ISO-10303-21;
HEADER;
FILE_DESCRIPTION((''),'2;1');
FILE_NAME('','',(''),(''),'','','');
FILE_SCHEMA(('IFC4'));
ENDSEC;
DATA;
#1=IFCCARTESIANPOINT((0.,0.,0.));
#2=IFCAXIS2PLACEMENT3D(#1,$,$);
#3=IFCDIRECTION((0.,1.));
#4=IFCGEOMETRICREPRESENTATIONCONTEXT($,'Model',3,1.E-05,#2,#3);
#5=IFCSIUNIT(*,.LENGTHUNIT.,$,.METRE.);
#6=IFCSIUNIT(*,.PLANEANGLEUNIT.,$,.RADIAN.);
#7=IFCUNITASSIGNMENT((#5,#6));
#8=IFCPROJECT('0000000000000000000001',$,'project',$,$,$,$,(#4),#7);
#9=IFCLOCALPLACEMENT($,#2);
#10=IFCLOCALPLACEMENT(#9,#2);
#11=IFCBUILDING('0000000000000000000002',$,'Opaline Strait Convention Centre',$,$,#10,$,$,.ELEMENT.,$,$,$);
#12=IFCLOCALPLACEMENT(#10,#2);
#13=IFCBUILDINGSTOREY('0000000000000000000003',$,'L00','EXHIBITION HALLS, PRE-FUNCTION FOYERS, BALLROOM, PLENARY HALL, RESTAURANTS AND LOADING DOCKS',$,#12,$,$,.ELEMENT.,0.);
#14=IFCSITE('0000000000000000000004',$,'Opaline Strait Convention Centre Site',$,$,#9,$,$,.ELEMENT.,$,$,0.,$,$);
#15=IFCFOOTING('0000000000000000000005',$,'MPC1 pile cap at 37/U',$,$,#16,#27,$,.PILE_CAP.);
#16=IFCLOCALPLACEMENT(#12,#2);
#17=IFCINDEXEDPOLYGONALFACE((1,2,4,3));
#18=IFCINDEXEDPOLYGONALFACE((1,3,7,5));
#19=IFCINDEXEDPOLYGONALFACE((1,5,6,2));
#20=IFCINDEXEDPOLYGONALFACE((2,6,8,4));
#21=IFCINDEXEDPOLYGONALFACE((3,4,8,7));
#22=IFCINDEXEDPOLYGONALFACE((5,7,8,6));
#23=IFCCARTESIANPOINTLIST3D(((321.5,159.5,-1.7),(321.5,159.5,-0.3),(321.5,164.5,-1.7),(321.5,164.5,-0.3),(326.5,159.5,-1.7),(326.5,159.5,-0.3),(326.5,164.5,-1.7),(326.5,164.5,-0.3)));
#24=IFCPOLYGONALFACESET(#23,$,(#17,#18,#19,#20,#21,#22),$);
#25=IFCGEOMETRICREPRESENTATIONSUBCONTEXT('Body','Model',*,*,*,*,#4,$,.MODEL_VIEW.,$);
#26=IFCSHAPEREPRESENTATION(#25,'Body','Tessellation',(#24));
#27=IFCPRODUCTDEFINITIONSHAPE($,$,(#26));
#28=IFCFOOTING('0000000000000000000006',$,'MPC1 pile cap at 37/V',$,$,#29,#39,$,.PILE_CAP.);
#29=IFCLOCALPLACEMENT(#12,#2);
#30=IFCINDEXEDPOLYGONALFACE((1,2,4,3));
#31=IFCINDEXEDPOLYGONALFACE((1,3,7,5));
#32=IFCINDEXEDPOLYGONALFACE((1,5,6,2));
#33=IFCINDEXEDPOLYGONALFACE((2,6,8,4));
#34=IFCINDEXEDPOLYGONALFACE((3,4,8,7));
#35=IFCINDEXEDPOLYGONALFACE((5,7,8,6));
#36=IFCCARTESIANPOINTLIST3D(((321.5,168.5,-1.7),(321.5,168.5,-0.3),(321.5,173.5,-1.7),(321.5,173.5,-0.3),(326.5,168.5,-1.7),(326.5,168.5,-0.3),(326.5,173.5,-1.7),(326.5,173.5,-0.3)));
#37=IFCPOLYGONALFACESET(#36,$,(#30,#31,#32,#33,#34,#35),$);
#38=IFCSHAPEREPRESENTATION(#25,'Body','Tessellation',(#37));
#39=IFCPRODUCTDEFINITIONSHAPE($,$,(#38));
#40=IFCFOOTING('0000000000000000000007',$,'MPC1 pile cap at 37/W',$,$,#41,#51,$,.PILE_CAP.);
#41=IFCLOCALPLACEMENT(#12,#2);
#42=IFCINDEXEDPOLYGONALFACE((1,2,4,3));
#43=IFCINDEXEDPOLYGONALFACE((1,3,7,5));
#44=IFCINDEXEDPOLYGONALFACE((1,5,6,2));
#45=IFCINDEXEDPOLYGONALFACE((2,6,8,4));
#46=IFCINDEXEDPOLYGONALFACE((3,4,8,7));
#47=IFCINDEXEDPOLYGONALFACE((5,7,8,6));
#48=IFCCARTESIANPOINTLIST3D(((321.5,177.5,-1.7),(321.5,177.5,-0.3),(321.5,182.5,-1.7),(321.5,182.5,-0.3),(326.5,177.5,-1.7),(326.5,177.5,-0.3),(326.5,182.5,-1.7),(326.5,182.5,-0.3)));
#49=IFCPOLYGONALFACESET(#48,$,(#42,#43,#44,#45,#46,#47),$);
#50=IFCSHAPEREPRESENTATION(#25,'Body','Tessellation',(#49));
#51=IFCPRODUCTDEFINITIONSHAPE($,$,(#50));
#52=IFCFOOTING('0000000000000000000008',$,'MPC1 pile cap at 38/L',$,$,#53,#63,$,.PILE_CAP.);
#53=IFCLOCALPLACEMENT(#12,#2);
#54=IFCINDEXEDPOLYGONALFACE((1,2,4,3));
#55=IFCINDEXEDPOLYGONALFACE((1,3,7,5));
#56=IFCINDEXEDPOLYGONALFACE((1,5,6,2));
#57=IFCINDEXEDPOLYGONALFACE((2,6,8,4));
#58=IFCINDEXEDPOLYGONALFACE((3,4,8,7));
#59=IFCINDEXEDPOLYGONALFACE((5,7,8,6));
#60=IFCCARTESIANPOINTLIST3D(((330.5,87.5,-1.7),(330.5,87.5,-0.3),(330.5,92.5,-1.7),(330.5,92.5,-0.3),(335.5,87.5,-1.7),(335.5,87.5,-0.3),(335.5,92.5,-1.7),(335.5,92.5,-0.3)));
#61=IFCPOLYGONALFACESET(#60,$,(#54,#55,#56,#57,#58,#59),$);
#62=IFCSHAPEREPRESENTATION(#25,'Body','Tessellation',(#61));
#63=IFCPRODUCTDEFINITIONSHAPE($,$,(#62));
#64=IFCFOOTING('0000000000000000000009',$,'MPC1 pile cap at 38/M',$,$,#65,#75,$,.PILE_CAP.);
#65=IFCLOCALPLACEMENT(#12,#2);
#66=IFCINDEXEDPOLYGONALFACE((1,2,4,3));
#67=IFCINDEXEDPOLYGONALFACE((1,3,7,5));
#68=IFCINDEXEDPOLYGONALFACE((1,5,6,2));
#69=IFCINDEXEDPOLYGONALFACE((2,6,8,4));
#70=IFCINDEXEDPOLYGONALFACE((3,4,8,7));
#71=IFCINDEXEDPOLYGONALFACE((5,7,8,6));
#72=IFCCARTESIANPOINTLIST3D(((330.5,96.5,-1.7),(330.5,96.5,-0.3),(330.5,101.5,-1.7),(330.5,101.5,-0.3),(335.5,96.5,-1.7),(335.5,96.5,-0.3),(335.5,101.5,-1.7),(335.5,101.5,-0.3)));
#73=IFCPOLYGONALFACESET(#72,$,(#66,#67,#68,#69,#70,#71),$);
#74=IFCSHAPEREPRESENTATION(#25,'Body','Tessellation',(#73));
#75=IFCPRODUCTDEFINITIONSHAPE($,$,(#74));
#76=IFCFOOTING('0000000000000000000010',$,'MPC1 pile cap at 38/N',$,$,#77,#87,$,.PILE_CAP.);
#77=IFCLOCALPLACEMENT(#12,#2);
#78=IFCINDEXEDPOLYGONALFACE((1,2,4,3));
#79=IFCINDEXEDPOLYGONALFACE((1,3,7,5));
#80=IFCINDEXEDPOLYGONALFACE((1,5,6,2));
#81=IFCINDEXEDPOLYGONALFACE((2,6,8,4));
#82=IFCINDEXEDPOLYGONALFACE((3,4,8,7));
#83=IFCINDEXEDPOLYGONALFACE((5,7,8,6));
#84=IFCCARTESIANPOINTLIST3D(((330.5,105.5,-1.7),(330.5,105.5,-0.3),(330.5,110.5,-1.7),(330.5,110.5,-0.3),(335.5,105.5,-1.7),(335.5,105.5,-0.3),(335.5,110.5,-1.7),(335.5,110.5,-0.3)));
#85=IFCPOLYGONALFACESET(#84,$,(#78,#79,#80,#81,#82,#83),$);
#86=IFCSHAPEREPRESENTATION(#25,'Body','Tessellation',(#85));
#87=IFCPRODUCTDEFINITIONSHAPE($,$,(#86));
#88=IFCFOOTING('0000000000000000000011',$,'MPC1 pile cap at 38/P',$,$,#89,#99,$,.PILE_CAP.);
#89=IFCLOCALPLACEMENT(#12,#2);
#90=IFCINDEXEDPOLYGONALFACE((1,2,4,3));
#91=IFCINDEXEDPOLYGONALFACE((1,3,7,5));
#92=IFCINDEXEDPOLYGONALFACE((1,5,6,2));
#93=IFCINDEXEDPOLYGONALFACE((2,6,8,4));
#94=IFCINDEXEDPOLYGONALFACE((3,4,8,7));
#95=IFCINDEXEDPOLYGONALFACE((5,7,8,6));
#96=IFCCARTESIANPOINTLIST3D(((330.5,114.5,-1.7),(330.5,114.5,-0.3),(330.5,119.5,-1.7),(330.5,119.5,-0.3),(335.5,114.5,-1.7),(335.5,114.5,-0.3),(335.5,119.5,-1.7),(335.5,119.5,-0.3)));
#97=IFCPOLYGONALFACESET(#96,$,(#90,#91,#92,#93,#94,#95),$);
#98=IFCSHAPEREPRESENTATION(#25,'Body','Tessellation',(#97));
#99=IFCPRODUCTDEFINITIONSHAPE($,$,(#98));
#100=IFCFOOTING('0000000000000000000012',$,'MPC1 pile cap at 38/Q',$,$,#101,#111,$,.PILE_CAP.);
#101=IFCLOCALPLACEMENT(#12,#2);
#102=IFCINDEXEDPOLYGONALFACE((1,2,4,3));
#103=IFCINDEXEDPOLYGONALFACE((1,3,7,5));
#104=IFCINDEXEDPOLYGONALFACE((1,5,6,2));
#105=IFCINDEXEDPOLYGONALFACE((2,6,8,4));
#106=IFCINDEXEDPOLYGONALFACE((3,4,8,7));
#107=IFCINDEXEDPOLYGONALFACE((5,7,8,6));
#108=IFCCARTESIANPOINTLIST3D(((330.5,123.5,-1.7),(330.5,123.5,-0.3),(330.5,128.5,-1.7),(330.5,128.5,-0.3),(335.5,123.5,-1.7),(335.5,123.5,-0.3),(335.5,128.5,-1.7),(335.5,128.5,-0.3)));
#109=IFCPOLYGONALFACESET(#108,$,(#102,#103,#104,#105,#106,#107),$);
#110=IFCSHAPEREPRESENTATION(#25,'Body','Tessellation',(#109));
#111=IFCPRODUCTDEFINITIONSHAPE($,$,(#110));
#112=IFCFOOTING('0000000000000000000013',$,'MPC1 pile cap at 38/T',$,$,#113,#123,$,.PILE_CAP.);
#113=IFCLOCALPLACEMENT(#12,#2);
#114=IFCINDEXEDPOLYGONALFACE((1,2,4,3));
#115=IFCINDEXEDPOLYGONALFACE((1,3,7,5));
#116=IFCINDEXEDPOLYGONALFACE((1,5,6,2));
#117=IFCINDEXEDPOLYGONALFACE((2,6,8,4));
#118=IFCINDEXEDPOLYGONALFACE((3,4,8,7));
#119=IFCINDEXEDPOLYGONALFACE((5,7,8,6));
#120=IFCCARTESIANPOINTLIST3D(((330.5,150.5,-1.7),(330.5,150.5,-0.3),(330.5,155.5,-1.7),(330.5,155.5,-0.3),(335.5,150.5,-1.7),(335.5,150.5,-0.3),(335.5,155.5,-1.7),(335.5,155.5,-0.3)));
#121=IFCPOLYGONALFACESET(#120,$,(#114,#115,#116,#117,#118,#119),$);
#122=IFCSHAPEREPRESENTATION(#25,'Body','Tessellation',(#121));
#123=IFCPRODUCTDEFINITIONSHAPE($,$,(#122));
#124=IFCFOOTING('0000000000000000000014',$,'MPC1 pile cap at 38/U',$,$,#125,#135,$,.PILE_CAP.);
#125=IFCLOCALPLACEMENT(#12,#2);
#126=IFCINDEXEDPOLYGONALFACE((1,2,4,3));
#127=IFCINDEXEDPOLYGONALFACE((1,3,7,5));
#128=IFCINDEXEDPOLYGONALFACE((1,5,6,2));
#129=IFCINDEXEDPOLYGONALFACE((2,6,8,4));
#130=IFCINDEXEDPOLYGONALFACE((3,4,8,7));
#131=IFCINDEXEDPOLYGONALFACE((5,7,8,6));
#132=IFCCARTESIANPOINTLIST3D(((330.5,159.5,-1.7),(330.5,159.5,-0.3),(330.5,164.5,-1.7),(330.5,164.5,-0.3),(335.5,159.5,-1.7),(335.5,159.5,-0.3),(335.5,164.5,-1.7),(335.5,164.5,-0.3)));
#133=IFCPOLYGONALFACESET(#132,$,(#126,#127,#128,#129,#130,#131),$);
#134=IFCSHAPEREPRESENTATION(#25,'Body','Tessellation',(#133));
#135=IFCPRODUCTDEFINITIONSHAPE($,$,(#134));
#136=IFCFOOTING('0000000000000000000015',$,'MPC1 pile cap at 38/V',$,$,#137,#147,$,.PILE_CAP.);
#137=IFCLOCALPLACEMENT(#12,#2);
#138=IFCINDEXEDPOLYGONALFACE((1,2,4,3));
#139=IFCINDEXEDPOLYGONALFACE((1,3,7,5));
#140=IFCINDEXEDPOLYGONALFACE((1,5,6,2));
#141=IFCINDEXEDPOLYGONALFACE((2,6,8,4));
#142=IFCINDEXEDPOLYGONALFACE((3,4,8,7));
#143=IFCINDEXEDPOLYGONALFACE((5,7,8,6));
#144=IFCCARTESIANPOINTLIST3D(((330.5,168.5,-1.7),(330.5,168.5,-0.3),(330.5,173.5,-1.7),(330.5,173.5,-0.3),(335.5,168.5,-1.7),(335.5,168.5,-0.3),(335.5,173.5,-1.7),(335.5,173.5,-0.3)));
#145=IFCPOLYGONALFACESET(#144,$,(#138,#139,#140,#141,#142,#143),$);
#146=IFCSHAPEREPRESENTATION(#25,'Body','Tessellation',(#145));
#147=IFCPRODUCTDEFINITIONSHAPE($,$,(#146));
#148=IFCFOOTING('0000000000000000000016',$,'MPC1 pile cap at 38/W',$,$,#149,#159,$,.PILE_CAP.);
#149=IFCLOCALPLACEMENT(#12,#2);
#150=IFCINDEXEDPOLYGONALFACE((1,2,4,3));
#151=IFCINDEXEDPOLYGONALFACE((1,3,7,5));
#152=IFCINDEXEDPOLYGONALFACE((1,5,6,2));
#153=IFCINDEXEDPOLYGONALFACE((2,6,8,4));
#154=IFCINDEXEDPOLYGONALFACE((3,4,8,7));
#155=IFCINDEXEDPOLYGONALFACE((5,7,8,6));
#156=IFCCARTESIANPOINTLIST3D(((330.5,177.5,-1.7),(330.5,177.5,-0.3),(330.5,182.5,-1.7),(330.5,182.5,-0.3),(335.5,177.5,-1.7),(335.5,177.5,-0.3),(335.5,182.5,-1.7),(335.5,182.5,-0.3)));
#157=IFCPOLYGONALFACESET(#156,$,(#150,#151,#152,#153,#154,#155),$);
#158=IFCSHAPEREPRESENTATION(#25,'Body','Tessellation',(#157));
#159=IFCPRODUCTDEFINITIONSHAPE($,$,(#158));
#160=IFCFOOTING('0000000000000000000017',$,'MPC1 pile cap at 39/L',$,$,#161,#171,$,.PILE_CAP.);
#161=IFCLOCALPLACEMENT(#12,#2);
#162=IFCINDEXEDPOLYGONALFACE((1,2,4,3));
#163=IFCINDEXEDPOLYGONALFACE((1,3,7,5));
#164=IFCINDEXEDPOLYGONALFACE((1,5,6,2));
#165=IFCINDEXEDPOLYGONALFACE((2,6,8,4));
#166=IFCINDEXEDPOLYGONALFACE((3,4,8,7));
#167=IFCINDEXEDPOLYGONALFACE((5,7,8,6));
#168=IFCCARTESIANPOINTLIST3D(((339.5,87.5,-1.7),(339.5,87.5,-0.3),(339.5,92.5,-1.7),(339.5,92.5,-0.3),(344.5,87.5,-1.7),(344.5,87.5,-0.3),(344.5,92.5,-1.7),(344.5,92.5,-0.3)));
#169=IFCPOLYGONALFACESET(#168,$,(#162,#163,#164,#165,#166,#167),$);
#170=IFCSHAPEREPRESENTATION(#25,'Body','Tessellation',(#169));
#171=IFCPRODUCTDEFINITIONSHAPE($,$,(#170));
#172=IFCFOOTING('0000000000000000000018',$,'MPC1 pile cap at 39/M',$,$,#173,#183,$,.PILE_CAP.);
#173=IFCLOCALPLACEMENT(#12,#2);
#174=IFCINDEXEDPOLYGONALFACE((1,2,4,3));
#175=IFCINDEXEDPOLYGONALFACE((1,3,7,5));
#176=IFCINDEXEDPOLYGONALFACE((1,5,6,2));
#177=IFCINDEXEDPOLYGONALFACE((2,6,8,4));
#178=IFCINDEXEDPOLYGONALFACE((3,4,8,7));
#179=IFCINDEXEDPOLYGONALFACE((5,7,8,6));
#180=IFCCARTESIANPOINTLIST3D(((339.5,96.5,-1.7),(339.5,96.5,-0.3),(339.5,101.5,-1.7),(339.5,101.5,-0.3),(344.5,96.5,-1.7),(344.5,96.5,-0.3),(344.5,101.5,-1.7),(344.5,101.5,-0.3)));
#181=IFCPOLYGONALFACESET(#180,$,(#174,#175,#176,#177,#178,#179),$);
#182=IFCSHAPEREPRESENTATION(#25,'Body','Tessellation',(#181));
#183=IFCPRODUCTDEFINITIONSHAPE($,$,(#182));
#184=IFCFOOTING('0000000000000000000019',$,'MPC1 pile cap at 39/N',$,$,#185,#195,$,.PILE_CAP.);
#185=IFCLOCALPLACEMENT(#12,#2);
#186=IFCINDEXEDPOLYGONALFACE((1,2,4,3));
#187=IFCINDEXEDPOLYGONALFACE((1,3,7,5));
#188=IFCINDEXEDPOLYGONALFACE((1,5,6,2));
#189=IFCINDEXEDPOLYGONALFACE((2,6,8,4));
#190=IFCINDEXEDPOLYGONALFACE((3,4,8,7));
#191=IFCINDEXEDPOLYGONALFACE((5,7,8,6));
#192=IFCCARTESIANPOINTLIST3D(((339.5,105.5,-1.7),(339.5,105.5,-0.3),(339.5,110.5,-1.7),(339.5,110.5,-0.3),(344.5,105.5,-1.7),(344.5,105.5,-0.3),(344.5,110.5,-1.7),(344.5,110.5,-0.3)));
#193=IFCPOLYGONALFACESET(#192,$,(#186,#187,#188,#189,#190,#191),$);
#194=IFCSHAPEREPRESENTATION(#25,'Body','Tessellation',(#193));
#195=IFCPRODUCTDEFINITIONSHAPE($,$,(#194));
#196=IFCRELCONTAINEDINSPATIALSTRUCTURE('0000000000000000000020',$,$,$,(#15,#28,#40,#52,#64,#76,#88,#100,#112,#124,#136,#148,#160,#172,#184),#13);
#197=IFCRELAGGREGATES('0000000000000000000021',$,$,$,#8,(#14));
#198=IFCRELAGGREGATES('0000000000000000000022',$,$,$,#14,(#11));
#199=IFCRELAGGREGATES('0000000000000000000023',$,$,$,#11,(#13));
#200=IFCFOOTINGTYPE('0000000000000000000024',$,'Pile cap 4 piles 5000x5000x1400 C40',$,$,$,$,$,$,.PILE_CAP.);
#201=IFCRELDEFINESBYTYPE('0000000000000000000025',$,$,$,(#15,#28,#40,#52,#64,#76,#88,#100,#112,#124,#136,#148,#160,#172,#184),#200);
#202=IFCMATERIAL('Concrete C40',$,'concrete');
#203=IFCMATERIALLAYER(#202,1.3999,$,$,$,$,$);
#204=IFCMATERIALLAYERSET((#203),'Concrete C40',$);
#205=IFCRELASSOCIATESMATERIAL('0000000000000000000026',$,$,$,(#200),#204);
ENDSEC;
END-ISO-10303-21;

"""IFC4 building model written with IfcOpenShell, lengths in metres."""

from ifc_helpers import new_model, si_unit, direction, frame, origin, place, context, subcontext, project, spatial, polyline, outline, extrude, material, layer, layer_set, type_object, element, save


model = new_model("IFC4")

# Units and contexts
model_context = context("Model", 3, precision=1e-05, world=origin(), true_north=direction((0.0, 1.0)))
body_context = subcontext(model_context, "Body", "Model", "MODEL_VIEW")
ifc_project = project(units=[si_unit("LENGTHUNIT", "METRE"), si_unit("PLANEANGLEUNIT", "RADIAN")], contexts=[model_context])

# Site, building, storey
site_placement = place(None, origin())
site = spatial("IfcSite", under=ifc_project, at=site_placement, Name="Opaline Strait Convention Centre Site", CompositionType="ELEMENT", RefElevation=0.0)
building_placement = place(site_placement, origin())
building = spatial("IfcBuilding", under=site, at=building_placement, Name="Opaline Strait Convention Centre", CompositionType="ELEMENT")
storey_placement = place(building_placement, origin())
storey = spatial("IfcBuildingStorey", under=building, at=storey_placement, Name="L00", Description="EXHIBITION HALLS, PRE-FUNCTION FOYERS, BALLROOM, PLENARY HALL, RESTAURANTS AND LOADING DOCKS", CompositionType="ELEMENT", Elevation=0.0)

# Footings
ifc_material = material(Name="Concrete C40", Category="concrete")
ifc_layer = layer(ifc_material, 1.3999)
ifc_layer_set = layer_set([ifc_layer], Name="Concrete C40")
footing_type = type_object("IfcFootingType", Name="Pile cap 4 piles 5000x5000x1400 C40", PredefinedType="PILE_CAP", material=ifc_layer_set)
footing_1_placement = place(storey_placement, frame((0.0, 0.0, -1.7)))
element("IfcFooting", 1, at=footing_1_placement, inside=storey, type_object=footing_type, Name="MPC1 pile cap at 37/U", PredefinedType="PILE_CAP", context=body_context, shape_type="SweptSolid", body=[
    extrude(outline(polyline([(321.5, 159.5), (326.5, 159.5), (326.5, 164.5), (321.5, 164.5), (321.5, 159.5)])), origin(), (0.0, 0.0, 1.0), 1.3999),
])
footing_2_placement = place(storey_placement, frame((0.0, 0.0, -1.7)))
element("IfcFooting", 2, at=footing_2_placement, inside=storey, type_object=footing_type, Name="MPC1 pile cap at 37/V", PredefinedType="PILE_CAP", context=body_context, shape_type="SweptSolid", body=[
    extrude(outline(polyline([(321.5, 168.5), (326.5, 168.5), (326.5, 173.5), (321.5, 173.5), (321.5, 168.5)])), origin(), (0.0, 0.0, 1.0), 1.3999),
])
footing_3_placement = place(storey_placement, frame((0.0, 0.0, -1.7)))
element("IfcFooting", 3, at=footing_3_placement, inside=storey, type_object=footing_type, Name="MPC1 pile cap at 37/W", PredefinedType="PILE_CAP", context=body_context, shape_type="SweptSolid", body=[
    extrude(outline(polyline([(321.5, 177.5), (326.5, 177.5), (326.5, 182.5), (321.5, 182.5), (321.5, 177.5)])), origin(), (0.0, 0.0, 1.0), 1.3999),
])
footing_4_placement = place(storey_placement, frame((0.0, 0.0, -1.7)))
element("IfcFooting", 4, at=footing_4_placement, inside=storey, type_object=footing_type, Name="MPC1 pile cap at 38/L", PredefinedType="PILE_CAP", context=body_context, shape_type="SweptSolid", body=[
    extrude(outline(polyline([(330.5, 87.5), (335.5, 87.5), (335.5, 92.5), (330.5, 92.5), (330.5, 87.5)])), origin(), (0.0, 0.0, 1.0), 1.3999),
])
footing_5_placement = place(storey_placement, frame((0.0, 0.0, -1.7)))
element("IfcFooting", 5, at=footing_5_placement, inside=storey, type_object=footing_type, Name="MPC1 pile cap at 38/M", PredefinedType="PILE_CAP", context=body_context, shape_type="SweptSolid", body=[
    extrude(outline(polyline([(330.5, 96.5), (335.5, 96.5), (335.5, 101.5), (330.5, 101.5), (330.5, 96.5)])), origin(), (0.0, 0.0, 1.0), 1.3999),
])
footing_6_placement = place(storey_placement, frame((0.0, 0.0, -1.7)))
element("IfcFooting", 6, at=footing_6_placement, inside=storey, type_object=footing_type, Name="MPC1 pile cap at 38/N", PredefinedType="PILE_CAP", context=body_context, shape_type="SweptSolid", body=[
    extrude(outline(polyline([(330.5, 105.5), (335.5, 105.5), (335.5, 110.5), (330.5, 110.5), (330.5, 105.5)])), origin(), (0.0, 0.0, 1.0), 1.3999),
])
footing_7_placement = place(storey_placement, frame((0.0, 0.0, -1.7)))
element("IfcFooting", 7, at=footing_7_placement, inside=storey, type_object=footing_type, Name="MPC1 pile cap at 38/P", PredefinedType="PILE_CAP", context=body_context, shape_type="SweptSolid", body=[
    extrude(outline(polyline([(330.5, 114.5), (335.5, 114.5), (335.5, 119.5), (330.5, 119.5), (330.5, 114.5)])), origin(), (0.0, 0.0, 1.0), 1.3999),
])
footing_8_placement = place(storey_placement, frame((0.0, 0.0, -1.7)))
element("IfcFooting", 8, at=footing_8_placement, inside=storey, type_object=footing_type, Name="MPC1 pile cap at 38/Q", PredefinedType="PILE_CAP", context=body_context, shape_type="SweptSolid", body=[
    extrude(outline(polyline([(330.5, 123.5), (335.5, 123.5), (335.5, 128.5), (330.5, 128.5), (330.5, 123.5)])), origin(), (0.0, 0.0, 1.0), 1.3999),
])
footing_9_placement = place(storey_placement, frame((0.0, 0.0, -1.7)))
element("IfcFooting", 9, at=footing_9_placement, inside=storey, type_object=footing_type, Name="MPC1 pile cap at 38/T", PredefinedType="PILE_CAP", context=body_context, shape_type="SweptSolid", body=[
    extrude(outline(polyline([(330.5, 150.5), (335.5, 150.5), (335.5, 155.5), (330.5, 155.5), (330.5, 150.5)])), origin(), (0.0, 0.0, 1.0), 1.3999),
])
footing_10_placement = place(storey_placement, frame((0.0, 0.0, -1.7)))
element("IfcFooting", 10, at=footing_10_placement, inside=storey, type_object=footing_type, Name="MPC1 pile cap at 38/U", PredefinedType="PILE_CAP", context=body_context, shape_type="SweptSolid", body=[
    extrude(outline(polyline([(330.5, 159.5), (335.5, 159.5), (335.5, 164.5), (330.5, 164.5), (330.5, 159.5)])), origin(), (0.0, 0.0, 1.0), 1.3999),
])
footing_11_placement = place(storey_placement, frame((0.0, 0.0, -1.7)))
element("IfcFooting", 11, at=footing_11_placement, inside=storey, type_object=footing_type, Name="MPC1 pile cap at 38/V", PredefinedType="PILE_CAP", context=body_context, shape_type="SweptSolid", body=[
    extrude(outline(polyline([(330.5, 168.5), (335.5, 168.5), (335.5, 173.5), (330.5, 173.5), (330.5, 168.5)])), origin(), (0.0, 0.0, 1.0), 1.3999),
])
footing_12_placement = place(storey_placement, frame((0.0, 0.0, -1.7)))
element("IfcFooting", 12, at=footing_12_placement, inside=storey, type_object=footing_type, Name="MPC1 pile cap at 38/W", PredefinedType="PILE_CAP", context=body_context, shape_type="SweptSolid", body=[
    extrude(outline(polyline([(330.5, 177.5), (335.5, 177.5), (335.5, 182.5), (330.5, 182.5), (330.5, 177.5)])), origin(), (0.0, 0.0, 1.0), 1.3999),
])
footing_13_placement = place(storey_placement, frame((0.0, 0.0, -1.7)))
element("IfcFooting", 13, at=footing_13_placement, inside=storey, type_object=footing_type, Name="MPC1 pile cap at 39/L", PredefinedType="PILE_CAP", context=body_context, shape_type="SweptSolid", body=[
    extrude(outline(polyline([(339.5, 87.5), (344.5, 87.5), (344.5, 92.5), (339.5, 92.5), (339.5, 87.5)])), origin(), (0.0, 0.0, 1.0), 1.3999),
])
footing_14_placement = place(storey_placement, frame((0.0, 0.0, -1.7)))
element("IfcFooting", 14, at=footing_14_placement, inside=storey, type_object=footing_type, Name="MPC1 pile cap at 39/M", PredefinedType="PILE_CAP", context=body_context, shape_type="SweptSolid", body=[
    extrude(outline(polyline([(339.5, 96.5), (344.5, 96.5), (344.5, 101.5), (339.5, 101.5), (339.5, 96.5)])), origin(), (0.0, 0.0, 1.0), 1.3999),
])
footing_15_placement = place(storey_placement, frame((0.0, 0.0, -1.7)))
element("IfcFooting", 15, at=footing_15_placement, inside=storey, type_object=footing_type, Name="MPC1 pile cap at 39/N", PredefinedType="PILE_CAP", context=body_context, shape_type="SweptSolid", body=[
    extrude(outline(polyline([(339.5, 105.5), (344.5, 105.5), (344.5, 110.5), (339.5, 110.5), (339.5, 105.5)])), origin(), (0.0, 0.0, 1.0), 1.3999),
])

save(model, "model.ifc")
